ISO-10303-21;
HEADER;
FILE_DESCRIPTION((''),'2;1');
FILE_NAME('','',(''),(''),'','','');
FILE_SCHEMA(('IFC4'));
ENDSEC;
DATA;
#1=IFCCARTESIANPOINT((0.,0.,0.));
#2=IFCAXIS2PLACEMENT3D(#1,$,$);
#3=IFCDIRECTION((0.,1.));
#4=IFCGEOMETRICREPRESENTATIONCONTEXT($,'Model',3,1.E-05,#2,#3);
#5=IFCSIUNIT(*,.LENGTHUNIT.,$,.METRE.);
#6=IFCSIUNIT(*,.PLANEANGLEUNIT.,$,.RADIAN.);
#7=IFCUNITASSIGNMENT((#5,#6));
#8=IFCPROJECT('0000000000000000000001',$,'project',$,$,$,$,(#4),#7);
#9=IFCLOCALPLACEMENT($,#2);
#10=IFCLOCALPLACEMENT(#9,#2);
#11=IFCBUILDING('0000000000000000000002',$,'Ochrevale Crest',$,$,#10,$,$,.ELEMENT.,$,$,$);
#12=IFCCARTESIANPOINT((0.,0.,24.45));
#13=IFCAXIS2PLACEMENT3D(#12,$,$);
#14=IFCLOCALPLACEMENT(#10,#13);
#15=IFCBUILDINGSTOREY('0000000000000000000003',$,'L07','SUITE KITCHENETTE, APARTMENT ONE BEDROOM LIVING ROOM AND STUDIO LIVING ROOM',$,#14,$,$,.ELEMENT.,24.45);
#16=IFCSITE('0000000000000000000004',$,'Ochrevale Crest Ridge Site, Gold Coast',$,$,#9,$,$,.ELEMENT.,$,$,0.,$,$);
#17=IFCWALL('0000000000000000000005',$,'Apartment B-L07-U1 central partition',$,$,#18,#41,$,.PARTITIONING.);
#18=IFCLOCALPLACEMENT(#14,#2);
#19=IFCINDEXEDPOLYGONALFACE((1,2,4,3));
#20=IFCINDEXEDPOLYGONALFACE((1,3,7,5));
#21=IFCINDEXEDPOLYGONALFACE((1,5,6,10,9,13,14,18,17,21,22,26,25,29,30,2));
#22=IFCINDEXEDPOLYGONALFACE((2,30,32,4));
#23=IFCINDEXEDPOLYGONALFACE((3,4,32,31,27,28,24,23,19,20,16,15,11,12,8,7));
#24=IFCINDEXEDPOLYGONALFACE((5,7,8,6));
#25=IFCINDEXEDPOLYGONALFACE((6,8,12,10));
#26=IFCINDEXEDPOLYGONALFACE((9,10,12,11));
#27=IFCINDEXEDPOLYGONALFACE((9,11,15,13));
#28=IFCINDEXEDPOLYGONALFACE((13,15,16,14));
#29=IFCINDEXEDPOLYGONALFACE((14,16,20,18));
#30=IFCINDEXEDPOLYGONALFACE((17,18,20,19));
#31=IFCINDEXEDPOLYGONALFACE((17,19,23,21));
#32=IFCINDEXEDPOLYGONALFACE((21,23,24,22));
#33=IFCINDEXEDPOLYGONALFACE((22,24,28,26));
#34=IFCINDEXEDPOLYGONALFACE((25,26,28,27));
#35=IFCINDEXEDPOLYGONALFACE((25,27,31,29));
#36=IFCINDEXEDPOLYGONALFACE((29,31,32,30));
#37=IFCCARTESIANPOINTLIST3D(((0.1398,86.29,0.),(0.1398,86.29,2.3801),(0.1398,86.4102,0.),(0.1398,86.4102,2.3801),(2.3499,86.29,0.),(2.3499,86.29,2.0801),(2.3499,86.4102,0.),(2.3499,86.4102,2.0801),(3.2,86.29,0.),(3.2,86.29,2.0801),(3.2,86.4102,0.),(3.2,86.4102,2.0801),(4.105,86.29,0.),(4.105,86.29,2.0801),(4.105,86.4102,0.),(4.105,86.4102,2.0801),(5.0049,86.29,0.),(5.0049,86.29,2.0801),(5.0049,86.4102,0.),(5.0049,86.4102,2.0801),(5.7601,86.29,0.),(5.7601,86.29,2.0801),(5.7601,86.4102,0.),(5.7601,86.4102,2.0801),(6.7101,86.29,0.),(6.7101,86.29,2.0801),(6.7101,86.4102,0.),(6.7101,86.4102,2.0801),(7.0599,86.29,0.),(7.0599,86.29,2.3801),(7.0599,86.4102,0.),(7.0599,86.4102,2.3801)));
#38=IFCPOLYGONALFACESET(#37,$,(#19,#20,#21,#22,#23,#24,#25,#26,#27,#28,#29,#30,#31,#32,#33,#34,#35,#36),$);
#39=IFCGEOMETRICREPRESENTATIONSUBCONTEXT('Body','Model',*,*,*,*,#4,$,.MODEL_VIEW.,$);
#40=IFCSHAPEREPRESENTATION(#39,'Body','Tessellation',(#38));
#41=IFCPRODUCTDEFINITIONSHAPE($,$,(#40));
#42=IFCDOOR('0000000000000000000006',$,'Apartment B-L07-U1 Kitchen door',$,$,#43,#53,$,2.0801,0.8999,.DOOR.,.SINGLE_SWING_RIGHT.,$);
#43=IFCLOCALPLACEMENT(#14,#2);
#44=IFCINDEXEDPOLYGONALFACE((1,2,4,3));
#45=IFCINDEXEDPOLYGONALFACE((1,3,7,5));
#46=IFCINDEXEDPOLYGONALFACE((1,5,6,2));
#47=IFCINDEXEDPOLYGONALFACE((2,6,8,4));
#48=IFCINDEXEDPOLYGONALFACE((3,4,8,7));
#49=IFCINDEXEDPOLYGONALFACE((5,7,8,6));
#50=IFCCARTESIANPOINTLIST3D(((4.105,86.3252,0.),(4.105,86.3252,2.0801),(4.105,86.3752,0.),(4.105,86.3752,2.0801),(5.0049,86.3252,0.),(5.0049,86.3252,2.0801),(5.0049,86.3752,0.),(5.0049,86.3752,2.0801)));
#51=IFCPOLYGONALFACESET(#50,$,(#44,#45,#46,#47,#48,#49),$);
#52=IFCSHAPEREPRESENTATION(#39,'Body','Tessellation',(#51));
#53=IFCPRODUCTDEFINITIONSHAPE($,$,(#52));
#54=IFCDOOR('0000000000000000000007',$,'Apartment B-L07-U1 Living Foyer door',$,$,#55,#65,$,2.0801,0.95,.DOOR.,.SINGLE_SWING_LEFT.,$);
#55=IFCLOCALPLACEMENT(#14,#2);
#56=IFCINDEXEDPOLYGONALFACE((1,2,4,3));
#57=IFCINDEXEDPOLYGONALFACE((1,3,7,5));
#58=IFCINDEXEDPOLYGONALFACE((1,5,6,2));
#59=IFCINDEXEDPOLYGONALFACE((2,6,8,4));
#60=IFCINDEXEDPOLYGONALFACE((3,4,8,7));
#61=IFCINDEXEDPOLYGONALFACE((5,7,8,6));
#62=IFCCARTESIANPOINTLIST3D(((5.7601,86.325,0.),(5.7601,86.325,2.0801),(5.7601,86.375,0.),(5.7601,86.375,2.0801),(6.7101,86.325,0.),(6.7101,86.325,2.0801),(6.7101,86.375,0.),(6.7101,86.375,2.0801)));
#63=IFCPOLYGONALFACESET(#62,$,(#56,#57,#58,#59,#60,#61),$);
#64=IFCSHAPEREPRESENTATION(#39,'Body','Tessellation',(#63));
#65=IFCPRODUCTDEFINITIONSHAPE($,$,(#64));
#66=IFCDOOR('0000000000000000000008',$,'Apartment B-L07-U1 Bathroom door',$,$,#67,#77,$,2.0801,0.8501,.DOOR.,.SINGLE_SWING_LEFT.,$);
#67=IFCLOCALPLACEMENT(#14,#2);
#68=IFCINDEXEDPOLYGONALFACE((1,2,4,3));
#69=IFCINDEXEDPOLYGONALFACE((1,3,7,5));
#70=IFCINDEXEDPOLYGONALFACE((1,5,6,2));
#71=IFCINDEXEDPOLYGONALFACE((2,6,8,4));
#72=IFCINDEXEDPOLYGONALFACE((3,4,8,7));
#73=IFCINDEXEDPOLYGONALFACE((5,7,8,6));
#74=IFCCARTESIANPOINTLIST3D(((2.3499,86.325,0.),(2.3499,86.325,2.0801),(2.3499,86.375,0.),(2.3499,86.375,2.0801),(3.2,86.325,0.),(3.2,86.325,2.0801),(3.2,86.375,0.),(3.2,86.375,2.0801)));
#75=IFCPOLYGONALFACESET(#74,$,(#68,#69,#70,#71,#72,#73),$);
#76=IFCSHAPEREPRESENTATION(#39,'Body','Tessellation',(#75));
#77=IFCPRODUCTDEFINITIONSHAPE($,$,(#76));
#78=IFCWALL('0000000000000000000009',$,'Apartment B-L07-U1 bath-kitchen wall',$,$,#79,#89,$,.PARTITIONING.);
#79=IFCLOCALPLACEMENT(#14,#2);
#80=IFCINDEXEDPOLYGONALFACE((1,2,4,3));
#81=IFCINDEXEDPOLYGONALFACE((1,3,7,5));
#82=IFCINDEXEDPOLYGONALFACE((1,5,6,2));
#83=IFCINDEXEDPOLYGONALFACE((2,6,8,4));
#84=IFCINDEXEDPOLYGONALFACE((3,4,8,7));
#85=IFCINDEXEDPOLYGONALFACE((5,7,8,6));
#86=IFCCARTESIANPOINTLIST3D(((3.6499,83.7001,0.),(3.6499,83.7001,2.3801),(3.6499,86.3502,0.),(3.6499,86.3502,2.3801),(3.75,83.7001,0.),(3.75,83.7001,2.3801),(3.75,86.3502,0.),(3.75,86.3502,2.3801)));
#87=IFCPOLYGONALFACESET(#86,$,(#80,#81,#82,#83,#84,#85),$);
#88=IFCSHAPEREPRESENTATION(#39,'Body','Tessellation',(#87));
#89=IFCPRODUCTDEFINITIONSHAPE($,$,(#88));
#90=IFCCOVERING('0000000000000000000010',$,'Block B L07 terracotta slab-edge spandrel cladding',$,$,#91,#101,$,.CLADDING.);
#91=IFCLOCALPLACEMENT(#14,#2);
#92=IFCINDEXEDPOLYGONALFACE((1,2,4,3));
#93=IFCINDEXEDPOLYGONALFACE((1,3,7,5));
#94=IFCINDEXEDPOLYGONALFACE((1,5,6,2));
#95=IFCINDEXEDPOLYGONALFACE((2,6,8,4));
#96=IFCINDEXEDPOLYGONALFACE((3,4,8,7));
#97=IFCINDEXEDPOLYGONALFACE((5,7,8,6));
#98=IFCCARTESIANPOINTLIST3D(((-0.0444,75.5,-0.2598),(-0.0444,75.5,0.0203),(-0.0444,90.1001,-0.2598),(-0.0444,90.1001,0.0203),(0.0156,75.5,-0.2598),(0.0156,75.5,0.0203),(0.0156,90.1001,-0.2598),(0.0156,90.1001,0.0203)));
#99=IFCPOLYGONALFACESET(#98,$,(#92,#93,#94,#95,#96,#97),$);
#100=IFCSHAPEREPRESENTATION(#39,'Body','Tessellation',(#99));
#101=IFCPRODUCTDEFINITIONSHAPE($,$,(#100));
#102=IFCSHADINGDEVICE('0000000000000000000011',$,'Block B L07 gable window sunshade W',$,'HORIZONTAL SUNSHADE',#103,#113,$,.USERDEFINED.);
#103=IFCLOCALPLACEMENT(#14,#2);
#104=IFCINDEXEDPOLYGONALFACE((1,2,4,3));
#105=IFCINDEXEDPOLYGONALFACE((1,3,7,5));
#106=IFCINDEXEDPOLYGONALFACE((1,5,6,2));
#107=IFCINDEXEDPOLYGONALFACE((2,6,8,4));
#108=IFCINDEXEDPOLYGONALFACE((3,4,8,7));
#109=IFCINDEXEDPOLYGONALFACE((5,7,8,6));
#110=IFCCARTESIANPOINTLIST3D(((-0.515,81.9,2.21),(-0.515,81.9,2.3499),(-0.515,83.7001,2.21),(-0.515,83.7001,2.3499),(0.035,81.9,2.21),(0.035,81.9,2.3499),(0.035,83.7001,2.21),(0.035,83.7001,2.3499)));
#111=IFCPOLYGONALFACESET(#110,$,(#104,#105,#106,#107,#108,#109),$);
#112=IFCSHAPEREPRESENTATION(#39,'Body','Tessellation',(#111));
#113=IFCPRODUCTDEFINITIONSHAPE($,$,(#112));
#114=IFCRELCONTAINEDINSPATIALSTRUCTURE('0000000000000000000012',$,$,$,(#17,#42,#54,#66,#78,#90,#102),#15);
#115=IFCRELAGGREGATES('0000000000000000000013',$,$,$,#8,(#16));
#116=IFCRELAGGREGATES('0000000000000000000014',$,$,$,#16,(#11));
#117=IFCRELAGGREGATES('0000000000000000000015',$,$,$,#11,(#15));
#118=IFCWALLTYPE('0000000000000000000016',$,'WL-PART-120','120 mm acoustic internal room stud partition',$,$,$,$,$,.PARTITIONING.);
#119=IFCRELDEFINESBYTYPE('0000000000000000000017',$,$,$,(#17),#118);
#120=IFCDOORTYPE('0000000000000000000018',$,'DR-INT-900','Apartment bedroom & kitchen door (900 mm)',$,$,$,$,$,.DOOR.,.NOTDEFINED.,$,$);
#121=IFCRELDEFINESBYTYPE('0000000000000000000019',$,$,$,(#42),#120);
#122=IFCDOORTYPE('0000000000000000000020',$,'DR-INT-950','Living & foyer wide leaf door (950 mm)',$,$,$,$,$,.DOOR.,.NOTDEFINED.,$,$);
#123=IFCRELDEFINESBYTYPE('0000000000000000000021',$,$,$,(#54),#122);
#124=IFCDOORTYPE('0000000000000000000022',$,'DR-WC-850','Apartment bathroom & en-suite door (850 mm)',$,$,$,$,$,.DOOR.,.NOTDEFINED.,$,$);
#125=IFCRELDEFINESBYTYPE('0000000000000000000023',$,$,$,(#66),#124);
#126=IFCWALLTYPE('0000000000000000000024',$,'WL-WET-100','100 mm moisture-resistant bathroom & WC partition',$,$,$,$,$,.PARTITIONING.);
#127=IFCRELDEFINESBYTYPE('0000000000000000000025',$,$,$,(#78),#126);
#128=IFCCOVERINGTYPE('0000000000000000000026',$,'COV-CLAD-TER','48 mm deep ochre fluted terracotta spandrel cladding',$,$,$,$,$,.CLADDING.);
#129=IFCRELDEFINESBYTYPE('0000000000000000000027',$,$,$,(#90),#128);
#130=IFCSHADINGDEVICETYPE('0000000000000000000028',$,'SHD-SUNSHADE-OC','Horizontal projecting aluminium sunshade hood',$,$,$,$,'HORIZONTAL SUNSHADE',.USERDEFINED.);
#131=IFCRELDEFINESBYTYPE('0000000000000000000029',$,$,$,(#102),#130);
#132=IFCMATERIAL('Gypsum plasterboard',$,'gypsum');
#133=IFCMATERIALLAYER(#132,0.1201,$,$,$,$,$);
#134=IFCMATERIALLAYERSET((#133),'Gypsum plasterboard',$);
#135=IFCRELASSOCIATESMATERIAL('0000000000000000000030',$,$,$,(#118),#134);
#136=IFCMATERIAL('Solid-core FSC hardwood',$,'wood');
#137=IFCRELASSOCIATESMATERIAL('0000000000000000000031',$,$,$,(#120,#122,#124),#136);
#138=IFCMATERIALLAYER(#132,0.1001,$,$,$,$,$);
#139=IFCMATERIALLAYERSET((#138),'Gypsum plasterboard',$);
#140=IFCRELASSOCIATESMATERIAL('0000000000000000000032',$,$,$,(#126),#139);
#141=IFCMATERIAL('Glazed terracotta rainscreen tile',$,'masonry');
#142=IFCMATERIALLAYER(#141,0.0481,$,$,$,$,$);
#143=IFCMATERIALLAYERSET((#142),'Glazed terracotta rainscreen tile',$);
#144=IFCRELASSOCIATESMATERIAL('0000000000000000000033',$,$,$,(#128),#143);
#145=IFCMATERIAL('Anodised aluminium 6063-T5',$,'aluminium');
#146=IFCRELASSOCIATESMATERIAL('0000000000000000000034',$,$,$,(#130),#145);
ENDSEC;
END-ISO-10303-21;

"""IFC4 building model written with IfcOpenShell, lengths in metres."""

from ifc_helpers import new_model, si_unit, direction, frame, frame_2d, origin, origin_2d, place, context, subcontext, project, spatial, rectangle, extrude, material, layer, layer_set, type_object, element, fill, save


model = new_model("IFC4")

# Units and contexts
model_context = context("Model", 3, precision=1e-05, world=origin(), true_north=direction((0.0, 1.0)))
body_context = subcontext(model_context, "Body", "Model", "MODEL_VIEW")
ifc_project = project(units=[si_unit("LENGTHUNIT", "METRE"), si_unit("PLANEANGLEUNIT", "RADIAN")], contexts=[model_context])

# Site, building, storey
site_placement = place(None, origin())
site = spatial("IfcSite", under=ifc_project, at=site_placement, Name="Ochrevale Crest Ridge Site, Gold Coast", CompositionType="ELEMENT", RefElevation=0.0)
building_placement = place(site_placement, origin())
building = spatial("IfcBuilding", under=site, at=building_placement, Name="Ochrevale Crest", CompositionType="ELEMENT")
storey_placement = place(building_placement, frame((0.0, 0.0, 24.45)))
storey = spatial("IfcBuildingStorey", under=building, at=storey_placement, Name="L07", Description="SUITE KITCHENETTE, APARTMENT ONE BEDROOM LIVING ROOM AND STUDIO LIVING ROOM", CompositionType="ELEMENT", Elevation=24.45)

# Shared definitions
ifc_material_1 = material(Name="Anodised aluminium 6063-T5", Category="aluminium")

# Shared definitions
ifc_material_2 = material(Name="Gypsum plasterboard", Category="gypsum")
ifc_material_3 = material(Name="Solid-core FSC hardwood", Category="wood")

# Shared definitions
ifc_layer_1 = layer(ifc_material_2, 0.1201)
ifc_layer_set_1 = layer_set([ifc_layer_1], Name="Gypsum plasterboard")
wall_type_1 = type_object("IfcWallType", Name="WL-PART-120", Description="120 mm acoustic internal room stud partition", PredefinedType="PARTITIONING", material=ifc_layer_set_1)

# Wall, openings, doors
wall_1_placement = place(storey_placement, frame((0.1399, 86.3501, 0.0), z_axis=(0.0, 0.0, 1.0), x_axis=(1.0, 0.0, 0.0)))
wall_1 = element("IfcWall", 1, at=wall_1_placement, inside=storey, type_object=wall_type_1, Name="Apartment B-L07-U1 central partition", PredefinedType="PARTITIONING", context=body_context, shape_type="SweptSolid", body=[
    extrude(rectangle(XDim=6.9202, YDim=0.1201, at=frame_2d((3.46, 0.0))), origin(), (0.0, 0.0, 1.0), 2.3801),
])
opening_1_placement = place(wall_1_placement, frame((2.21, 0.0, 0.0)))
opening_1 = element("IfcOpeningElement", 2, at=opening_1_placement, cuts=wall_1, PredefinedType="OPENING", context=body_context, shape_type="SweptSolid", body=[
    extrude(rectangle(XDim=0.8501, YDim=2.0801, at=frame_2d((0.425, 1.04))), frame((0.0, 0.0701, 0.0), z_axis=(0.0, -1.0, 0.0), x_axis=(1.0, 0.0, 0.0)), (0.0, 0.0, 1.0), 0.1401),
])
opening_2_placement = place(wall_1_placement, frame((4.865, 0.0, 0.0), z_axis=(0.0, 0.0, 1.0), x_axis=(-1.0, 0.0, 0.0)))
opening_2 = element("IfcOpeningElement", 3, at=opening_2_placement, cuts=wall_1, PredefinedType="OPENING", context=body_context, shape_type="SweptSolid", body=[
    extrude(rectangle(XDim=0.8999, YDim=2.0801, at=frame_2d((0.45, 1.04))), frame((0.0, 0.0701, 0.0), z_axis=(0.0, -1.0, 0.0), x_axis=(1.0, 0.0, 0.0)), (0.0, 0.0, 1.0), 0.1401),
])
opening_3_placement = place(wall_1_placement, frame((5.6201, 0.0, 0.0)))
opening_3 = element("IfcOpeningElement", 4, at=opening_3_placement, cuts=wall_1, PredefinedType="OPENING", context=body_context, shape_type="SweptSolid", body=[
    extrude(rectangle(XDim=0.95, YDim=2.0801, at=frame_2d((0.4751, 1.04))), frame((0.0, 0.0701, 0.0), z_axis=(0.0, -1.0, 0.0), x_axis=(1.0, 0.0, 0.0)), (0.0, 0.0, 1.0), 0.1401),
])
door_type_1 = type_object("IfcDoorType", Name="DR-INT-900", Description="Apartment bedroom & kitchen door (900 mm)", OperationType="NOTDEFINED", PredefinedType="DOOR", material=ifc_material_3)
door_1_placement = place(opening_2_placement, origin())
door_1 = element("IfcDoor", 5, at=door_1_placement, inside=storey, type_object=door_type_1, Name="Apartment B-L07-U1 Kitchen door", OperationType="SINGLE_SWING_RIGHT", OverallHeight=2.0801, OverallWidth=0.8999, PredefinedType="DOOR", context=body_context, shape_type="SweptSolid", body=[
    extrude(rectangle(XDim=0.8999, YDim=2.0801, at=frame_2d((0.45, 1.04))), frame((0.0, 0.0249, 0.0), z_axis=(0.0, -1.0, 0.0), x_axis=(1.0, 0.0, 0.0)), (0.0, 0.0, 1.0), 0.05),
])
fill(opening_2, door_1)
door_type_2 = type_object("IfcDoorType", Name="DR-INT-950", Description="Living & foyer wide leaf door (950 mm)", OperationType="NOTDEFINED", PredefinedType="DOOR", material=ifc_material_3)
door_2_placement = place(opening_3_placement, origin())
door_2 = element("IfcDoor", 6, at=door_2_placement, inside=storey, type_object=door_type_2, Name="Apartment B-L07-U1 Living Foyer door", OperationType="SINGLE_SWING_LEFT", OverallHeight=2.0801, OverallWidth=0.95, PredefinedType="DOOR", context=body_context, shape_type="SweptSolid", body=[
    extrude(rectangle(XDim=0.95, YDim=2.0801, at=frame_2d((0.4751, 1.04))), frame((0.0, 0.0249, 0.0), z_axis=(0.0, -1.0, 0.0), x_axis=(1.0, 0.0, 0.0)), (0.0, 0.0, 1.0), 0.05),
])
fill(opening_3, door_2)
door_type_3 = type_object("IfcDoorType", Name="DR-WC-850", Description="Apartment bathroom & en-suite door (850 mm)", OperationType="NOTDEFINED", PredefinedType="DOOR", material=ifc_material_3)
door_3_placement = place(opening_1_placement, origin())
door_3 = element("IfcDoor", 7, at=door_3_placement, inside=storey, type_object=door_type_3, Name="Apartment B-L07-U1 Bathroom door", OperationType="SINGLE_SWING_LEFT", OverallHeight=2.0801, OverallWidth=0.8501, PredefinedType="DOOR", context=body_context, shape_type="SweptSolid", body=[
    extrude(rectangle(XDim=0.8501, YDim=2.0801, at=frame_2d((0.425, 1.04))), frame((0.0, 0.0249, 0.0), z_axis=(0.0, -1.0, 0.0), x_axis=(1.0, 0.0, 0.0)), (0.0, 0.0, 1.0), 0.05),
])
fill(opening_1, door_3)

# Wall
ifc_layer_2 = layer(ifc_material_2, 0.1001)
ifc_layer_set_2 = layer_set([ifc_layer_2], Name="Gypsum plasterboard")
wall_type_2 = type_object("IfcWallType", Name="WL-WET-100", Description="100 mm moisture-resistant bathroom & WC partition", PredefinedType="PARTITIONING", material=ifc_layer_set_2)
wall_2_placement = place(storey_placement, frame((3.7, 83.7, 0.0), z_axis=(0.0, 0.0, 1.0), x_axis=(0.0, 1.0, 0.0)))
element("IfcWall", 8, at=wall_2_placement, inside=storey, type_object=wall_type_2, Name="Apartment B-L07-U1 bath-kitchen wall", PredefinedType="PARTITIONING", context=body_context, shape_type="SweptSolid", body=[
    extrude(rectangle(XDim=2.6501, YDim=0.1001, at=frame_2d((1.3252, 0.0))), origin(), (0.0, 0.0, 1.0), 2.3801),
])

# Covering
ifc_material_4 = material(Name="Glazed terracotta rainscreen tile", Category="masonry")
ifc_layer_3 = layer(ifc_material_4, 0.0481)
ifc_layer_set_3 = layer_set([ifc_layer_3], Name="Glazed terracotta rainscreen tile")
covering_type = type_object("IfcCoveringType", Name="COV-CLAD-TER", Description="48 mm deep ochre fluted terracotta spandrel cladding", PredefinedType="CLADDING", material=ifc_layer_set_3)
covering_placement = place(storey_placement, frame((-0.0144, 82.8, -0.2598), z_axis=(0.0, 0.0, 1.0), x_axis=(0.0, -1.0, 0.0)))
element("IfcCovering", 9, at=covering_placement, inside=storey, type_object=covering_type, Name="Block B L07 terracotta slab-edge spandrel cladding", PredefinedType="CLADDING", context=body_context, shape_type="SweptSolid", body=[
    extrude(rectangle(XDim=14.6001, YDim=0.0601, at=origin_2d()), origin(), (0.0, 0.0, 1.0), 0.28),
])

# Shading device
shading_device_type = type_object("IfcShadingDeviceType", Name="SHD-SUNSHADE-OC", Description="Horizontal projecting aluminium sunshade hood", ElementType="HORIZONTAL SUNSHADE", PredefinedType="USERDEFINED", material=ifc_material_1)
shading_device_placement = place(storey_placement, frame((-0.24, 82.8, 2.21), z_axis=(0.0, 0.0, 1.0), x_axis=(1.0, 0.0, 0.0)))
element("IfcShadingDevice", 10, at=shading_device_placement, inside=storey, type_object=shading_device_type, Name="Block B L07 gable window sunshade W", ObjectType="HORIZONTAL SUNSHADE", PredefinedType="USERDEFINED", context=body_context, shape_type="SweptSolid", body=[
    extrude(rectangle(XDim=0.55, YDim=1.8, at=origin_2d()), origin(), (0.0, 0.0, 1.0), 0.1399),
])

save(model, "model.ifc")
